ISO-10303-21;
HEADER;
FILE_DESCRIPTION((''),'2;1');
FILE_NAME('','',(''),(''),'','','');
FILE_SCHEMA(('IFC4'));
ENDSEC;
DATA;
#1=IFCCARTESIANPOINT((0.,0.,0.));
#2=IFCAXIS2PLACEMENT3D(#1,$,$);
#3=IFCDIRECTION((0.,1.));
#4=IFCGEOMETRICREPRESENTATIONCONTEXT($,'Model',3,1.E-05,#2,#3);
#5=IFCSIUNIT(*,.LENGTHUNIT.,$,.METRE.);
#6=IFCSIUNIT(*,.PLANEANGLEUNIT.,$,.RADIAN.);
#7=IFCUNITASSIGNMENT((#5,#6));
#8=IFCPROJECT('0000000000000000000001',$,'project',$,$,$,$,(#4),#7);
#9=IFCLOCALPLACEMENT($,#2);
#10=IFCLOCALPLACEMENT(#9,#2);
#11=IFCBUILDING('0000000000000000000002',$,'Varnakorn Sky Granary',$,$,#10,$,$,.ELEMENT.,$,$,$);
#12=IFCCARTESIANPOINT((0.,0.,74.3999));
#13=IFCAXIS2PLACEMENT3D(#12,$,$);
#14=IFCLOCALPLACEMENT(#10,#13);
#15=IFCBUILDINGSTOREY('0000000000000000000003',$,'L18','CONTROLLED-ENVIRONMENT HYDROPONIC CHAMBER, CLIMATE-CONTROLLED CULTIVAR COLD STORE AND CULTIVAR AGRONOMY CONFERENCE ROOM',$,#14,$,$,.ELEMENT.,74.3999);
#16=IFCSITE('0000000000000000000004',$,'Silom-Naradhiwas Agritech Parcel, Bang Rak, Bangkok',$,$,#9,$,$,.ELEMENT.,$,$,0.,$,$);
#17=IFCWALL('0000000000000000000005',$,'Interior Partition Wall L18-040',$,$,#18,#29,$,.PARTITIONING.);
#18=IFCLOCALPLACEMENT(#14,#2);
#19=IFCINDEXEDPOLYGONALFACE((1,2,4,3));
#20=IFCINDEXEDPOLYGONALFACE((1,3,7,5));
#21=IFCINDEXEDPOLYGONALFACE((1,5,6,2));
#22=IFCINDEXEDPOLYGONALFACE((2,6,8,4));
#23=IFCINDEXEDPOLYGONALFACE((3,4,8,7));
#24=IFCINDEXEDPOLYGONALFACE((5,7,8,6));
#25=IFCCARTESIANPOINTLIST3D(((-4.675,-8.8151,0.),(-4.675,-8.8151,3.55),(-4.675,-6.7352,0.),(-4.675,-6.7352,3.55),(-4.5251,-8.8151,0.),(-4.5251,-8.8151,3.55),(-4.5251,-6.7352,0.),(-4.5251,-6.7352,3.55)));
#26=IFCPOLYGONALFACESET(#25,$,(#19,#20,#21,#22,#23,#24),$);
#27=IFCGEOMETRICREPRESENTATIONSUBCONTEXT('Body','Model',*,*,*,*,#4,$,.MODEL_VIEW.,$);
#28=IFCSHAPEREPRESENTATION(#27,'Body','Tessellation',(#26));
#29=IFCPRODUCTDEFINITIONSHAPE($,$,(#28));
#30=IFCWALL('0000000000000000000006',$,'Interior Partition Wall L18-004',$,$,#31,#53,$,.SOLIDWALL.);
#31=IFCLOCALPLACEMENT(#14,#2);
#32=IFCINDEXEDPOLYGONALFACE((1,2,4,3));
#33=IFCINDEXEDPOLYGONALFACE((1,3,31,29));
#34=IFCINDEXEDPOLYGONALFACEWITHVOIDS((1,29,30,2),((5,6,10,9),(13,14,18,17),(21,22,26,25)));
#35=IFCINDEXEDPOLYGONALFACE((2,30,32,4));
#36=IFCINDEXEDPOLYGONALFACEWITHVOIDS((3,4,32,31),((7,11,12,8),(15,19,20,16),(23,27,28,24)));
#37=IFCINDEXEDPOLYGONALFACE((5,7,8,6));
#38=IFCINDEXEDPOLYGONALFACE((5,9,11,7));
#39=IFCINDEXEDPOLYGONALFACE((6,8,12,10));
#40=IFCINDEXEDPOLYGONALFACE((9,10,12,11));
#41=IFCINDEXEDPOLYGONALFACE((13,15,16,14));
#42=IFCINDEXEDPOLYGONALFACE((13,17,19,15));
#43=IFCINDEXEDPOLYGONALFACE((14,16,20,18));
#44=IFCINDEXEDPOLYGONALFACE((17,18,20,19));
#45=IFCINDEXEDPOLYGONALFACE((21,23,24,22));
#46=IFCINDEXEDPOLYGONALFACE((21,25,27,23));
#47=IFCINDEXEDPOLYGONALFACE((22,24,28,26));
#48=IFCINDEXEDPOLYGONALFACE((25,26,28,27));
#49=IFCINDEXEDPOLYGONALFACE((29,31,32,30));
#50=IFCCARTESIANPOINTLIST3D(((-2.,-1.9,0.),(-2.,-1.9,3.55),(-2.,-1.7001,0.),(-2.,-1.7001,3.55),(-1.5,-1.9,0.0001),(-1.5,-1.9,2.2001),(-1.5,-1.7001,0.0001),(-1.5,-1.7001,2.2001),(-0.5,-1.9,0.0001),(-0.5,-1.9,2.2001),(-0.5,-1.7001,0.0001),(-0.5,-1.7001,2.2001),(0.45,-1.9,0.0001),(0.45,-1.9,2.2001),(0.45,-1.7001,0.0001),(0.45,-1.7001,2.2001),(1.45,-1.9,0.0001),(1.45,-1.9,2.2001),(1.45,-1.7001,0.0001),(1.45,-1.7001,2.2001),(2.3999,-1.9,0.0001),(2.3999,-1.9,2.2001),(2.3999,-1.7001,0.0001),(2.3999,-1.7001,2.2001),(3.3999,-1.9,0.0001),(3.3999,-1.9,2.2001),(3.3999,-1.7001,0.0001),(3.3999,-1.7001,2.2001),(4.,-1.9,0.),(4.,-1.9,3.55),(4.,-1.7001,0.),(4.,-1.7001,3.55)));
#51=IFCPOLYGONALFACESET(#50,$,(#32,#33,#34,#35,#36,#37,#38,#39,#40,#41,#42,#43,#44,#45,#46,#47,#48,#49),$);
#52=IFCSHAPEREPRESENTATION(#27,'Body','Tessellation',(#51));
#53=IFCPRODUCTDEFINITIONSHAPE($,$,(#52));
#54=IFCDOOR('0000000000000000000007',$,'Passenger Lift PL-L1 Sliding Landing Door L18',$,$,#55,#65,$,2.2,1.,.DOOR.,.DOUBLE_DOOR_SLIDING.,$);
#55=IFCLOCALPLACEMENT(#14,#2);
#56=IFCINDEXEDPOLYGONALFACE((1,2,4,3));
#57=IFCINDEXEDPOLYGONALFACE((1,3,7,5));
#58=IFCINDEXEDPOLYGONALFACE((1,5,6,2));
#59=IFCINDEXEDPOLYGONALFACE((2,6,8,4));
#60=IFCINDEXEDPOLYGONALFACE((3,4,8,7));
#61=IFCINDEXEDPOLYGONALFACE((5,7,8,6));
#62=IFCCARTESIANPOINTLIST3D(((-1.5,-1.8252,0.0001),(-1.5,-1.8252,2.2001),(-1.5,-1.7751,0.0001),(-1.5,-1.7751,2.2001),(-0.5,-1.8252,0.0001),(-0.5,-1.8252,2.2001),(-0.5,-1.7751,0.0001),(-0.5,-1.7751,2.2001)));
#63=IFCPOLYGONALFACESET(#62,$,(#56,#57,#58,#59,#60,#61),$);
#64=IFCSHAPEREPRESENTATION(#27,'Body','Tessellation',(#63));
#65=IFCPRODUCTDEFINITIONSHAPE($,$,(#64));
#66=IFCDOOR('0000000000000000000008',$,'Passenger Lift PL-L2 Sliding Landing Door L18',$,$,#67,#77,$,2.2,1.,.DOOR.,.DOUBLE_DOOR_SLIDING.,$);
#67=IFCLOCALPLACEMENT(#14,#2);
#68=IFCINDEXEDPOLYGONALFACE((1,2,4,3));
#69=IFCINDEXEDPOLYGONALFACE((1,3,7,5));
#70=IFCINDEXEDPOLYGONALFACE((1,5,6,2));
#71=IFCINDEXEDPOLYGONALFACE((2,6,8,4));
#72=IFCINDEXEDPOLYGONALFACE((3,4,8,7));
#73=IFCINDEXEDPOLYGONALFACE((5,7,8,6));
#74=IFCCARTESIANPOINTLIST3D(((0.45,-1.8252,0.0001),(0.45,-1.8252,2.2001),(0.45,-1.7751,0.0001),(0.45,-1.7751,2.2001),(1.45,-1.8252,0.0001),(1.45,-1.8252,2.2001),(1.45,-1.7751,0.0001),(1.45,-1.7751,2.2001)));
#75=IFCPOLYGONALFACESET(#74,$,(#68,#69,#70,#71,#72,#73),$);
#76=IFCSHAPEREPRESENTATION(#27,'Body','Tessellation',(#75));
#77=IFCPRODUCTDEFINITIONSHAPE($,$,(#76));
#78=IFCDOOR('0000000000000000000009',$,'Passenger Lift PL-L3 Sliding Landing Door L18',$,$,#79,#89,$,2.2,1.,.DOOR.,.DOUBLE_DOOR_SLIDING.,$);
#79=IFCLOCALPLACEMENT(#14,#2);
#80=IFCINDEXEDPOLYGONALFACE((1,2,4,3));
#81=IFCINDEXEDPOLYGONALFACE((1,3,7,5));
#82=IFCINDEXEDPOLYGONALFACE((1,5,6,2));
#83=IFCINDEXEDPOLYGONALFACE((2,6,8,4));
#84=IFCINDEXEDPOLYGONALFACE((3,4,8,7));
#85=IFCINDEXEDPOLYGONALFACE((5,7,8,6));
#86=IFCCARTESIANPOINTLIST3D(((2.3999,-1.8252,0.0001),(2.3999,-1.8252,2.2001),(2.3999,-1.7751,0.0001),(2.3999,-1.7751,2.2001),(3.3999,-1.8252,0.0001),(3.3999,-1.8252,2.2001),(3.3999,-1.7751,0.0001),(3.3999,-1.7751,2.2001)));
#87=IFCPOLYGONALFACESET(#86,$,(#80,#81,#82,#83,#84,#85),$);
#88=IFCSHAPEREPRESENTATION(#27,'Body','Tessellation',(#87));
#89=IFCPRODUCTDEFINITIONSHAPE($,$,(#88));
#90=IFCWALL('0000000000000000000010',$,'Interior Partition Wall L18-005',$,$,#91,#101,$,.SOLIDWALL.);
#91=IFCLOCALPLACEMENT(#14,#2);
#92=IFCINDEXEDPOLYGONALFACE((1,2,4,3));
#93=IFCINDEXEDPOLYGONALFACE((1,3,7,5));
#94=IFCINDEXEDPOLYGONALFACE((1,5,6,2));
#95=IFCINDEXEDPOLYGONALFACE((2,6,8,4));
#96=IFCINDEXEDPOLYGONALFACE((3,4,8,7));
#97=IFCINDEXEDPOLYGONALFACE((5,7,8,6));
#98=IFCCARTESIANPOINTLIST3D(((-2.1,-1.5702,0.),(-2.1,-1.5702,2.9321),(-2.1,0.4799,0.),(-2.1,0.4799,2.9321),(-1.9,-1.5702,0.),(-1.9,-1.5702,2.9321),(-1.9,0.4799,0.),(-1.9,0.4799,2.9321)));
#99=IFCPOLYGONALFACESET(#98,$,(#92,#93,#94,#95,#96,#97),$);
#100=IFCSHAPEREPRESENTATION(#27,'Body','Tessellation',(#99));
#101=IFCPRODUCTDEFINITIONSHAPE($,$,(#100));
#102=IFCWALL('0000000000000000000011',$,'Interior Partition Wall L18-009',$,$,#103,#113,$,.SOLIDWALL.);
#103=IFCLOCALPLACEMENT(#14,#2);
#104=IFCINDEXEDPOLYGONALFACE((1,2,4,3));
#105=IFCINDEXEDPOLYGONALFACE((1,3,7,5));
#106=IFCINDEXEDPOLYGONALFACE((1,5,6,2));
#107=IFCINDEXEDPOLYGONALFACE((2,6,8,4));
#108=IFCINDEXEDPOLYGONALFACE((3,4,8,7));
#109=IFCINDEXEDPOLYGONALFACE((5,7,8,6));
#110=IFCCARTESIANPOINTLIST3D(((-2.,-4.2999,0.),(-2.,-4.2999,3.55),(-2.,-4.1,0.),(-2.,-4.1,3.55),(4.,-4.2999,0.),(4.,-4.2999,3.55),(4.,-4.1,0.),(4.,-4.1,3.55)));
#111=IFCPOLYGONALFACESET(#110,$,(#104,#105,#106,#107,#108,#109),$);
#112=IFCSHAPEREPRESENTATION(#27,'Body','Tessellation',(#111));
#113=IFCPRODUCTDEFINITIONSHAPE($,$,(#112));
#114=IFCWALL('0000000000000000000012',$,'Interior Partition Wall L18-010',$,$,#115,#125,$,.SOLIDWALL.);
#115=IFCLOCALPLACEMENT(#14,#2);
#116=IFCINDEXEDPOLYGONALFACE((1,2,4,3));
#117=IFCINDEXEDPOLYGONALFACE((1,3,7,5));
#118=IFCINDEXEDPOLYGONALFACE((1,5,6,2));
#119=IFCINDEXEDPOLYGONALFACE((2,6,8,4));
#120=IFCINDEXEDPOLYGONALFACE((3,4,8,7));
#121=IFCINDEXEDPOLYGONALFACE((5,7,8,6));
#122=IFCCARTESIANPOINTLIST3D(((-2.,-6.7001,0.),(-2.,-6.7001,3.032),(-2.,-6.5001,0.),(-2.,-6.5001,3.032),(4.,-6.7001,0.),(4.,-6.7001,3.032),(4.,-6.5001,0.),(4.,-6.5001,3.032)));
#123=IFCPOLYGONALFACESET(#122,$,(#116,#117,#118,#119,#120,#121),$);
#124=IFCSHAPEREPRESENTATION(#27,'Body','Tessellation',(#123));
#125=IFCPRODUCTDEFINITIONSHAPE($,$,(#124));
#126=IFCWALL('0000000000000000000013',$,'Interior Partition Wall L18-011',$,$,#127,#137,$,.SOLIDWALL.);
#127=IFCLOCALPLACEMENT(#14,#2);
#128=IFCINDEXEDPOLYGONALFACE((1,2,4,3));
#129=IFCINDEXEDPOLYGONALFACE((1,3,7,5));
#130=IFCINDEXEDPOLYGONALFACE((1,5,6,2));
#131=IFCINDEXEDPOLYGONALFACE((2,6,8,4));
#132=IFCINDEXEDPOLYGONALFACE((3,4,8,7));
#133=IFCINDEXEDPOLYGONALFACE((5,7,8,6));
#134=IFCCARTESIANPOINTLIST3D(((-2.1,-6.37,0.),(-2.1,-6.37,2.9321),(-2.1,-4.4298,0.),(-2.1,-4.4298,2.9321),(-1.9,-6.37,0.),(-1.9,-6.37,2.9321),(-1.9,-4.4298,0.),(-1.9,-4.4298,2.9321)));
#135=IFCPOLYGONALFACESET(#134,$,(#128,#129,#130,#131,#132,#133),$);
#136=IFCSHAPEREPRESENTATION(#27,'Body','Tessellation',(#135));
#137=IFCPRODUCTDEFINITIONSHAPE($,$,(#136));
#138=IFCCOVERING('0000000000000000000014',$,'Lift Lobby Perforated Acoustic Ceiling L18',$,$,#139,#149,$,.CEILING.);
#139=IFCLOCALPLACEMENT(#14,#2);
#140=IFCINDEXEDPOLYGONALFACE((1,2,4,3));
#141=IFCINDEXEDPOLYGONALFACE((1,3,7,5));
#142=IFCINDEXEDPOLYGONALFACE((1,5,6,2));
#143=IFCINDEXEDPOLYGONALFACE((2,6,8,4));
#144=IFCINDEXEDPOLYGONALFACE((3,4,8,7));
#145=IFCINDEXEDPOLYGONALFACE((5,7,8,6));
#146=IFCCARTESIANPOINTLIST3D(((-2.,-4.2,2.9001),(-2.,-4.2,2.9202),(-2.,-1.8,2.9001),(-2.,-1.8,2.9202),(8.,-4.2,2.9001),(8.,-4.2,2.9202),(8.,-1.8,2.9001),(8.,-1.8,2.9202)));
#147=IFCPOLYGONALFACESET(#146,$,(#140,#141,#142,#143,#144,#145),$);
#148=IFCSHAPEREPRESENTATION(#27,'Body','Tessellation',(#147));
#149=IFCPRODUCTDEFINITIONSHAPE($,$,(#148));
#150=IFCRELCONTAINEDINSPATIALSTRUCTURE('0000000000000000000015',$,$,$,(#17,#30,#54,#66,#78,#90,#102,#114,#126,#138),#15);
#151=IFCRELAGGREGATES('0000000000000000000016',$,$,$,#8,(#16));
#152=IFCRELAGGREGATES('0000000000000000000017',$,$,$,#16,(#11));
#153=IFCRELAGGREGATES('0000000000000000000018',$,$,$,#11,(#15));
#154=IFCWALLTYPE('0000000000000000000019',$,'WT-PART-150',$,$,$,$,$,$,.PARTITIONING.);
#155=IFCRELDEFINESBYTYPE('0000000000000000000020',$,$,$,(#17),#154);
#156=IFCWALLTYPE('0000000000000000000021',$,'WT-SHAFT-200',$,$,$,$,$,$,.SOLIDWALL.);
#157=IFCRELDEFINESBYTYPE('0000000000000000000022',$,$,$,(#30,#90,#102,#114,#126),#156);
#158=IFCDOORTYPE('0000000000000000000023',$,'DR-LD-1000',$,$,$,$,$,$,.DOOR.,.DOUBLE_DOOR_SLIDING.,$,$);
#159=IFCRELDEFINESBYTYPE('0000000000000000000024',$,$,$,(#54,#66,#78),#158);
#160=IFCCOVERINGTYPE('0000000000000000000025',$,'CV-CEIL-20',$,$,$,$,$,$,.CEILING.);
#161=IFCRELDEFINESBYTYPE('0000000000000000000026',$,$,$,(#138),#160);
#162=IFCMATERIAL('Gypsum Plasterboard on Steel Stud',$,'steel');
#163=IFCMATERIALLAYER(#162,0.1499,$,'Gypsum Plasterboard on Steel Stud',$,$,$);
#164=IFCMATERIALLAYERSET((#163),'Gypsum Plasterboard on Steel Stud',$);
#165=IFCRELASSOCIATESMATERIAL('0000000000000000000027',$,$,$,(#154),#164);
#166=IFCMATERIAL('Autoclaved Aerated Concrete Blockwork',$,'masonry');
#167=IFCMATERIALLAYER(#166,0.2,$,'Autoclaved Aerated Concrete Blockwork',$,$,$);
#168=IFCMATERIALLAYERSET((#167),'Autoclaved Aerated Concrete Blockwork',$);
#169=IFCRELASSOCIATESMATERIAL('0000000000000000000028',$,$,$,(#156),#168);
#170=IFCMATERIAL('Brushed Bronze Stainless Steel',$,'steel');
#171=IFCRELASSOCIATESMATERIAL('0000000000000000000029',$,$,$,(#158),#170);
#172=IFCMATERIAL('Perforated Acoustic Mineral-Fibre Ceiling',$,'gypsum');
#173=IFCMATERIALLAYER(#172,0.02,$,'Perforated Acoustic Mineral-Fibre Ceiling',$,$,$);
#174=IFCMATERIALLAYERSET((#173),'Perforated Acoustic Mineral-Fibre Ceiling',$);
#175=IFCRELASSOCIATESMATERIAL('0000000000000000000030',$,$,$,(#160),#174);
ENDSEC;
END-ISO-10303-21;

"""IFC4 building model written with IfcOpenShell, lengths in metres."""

from ifc_helpers import new_model, si_unit, direction, frame, frame_2d, origin, place, context, subcontext, project, spatial, polyline, rectangle, outline, extrude, material, layer, layer_set, type_object, element, fill, save


model = new_model("IFC4")

# Units and contexts
model_context = context("Model", 3, precision=1e-05, world=origin(), true_north=direction((0.0, 1.0)))
body_context = subcontext(model_context, "Body", "Model", "MODEL_VIEW")
ifc_project = project(units=[si_unit("LENGTHUNIT", "METRE"), si_unit("PLANEANGLEUNIT", "RADIAN")], contexts=[model_context])

# Site, building, storey
site_placement = place(None, origin())
site = spatial("IfcSite", under=ifc_project, at=site_placement, Name="Silom-Naradhiwas Agritech Parcel, Bang Rak, Bangkok", CompositionType="ELEMENT", RefElevation=0.0)
building_placement = place(site_placement, origin())
building = spatial("IfcBuilding", under=site, at=building_placement, Name="Varnakorn Sky Granary", CompositionType="ELEMENT")
storey_placement = place(building_placement, frame((0.0, 0.0, 74.3999)))
storey = spatial("IfcBuildingStorey", under=building, at=storey_placement, Name="L18", Description="CONTROLLED-ENVIRONMENT HYDROPONIC CHAMBER, CLIMATE-CONTROLLED CULTIVAR COLD STORE AND CULTIVAR AGRONOMY CONFERENCE ROOM", CompositionType="ELEMENT", Elevation=74.3999)

# Shared definitions
ifc_material_1 = material(Name="Autoclaved Aerated Concrete Blockwork", Category="masonry")
ifc_material_2 = material(Name="Gypsum Plasterboard on Steel Stud", Category="steel")
ifc_layer_1 = layer(ifc_material_2, 0.1499, Name="Gypsum Plasterboard on Steel Stud")
ifc_layer_set_1 = layer_set([ifc_layer_1], Name="Gypsum Plasterboard on Steel Stud")
wall_type_1 = type_object("IfcWallType", Name="WT-PART-150", PredefinedType="PARTITIONING", material=ifc_layer_set_1)

# Wall
wall_1_placement = place(storey_placement, frame((-4.6001, -6.7351, 0.0), z_axis=(0.0, 0.0, 1.0), x_axis=(0.0, -1.0, 0.0)))
element("IfcWall", 1, at=wall_1_placement, inside=storey, type_object=wall_type_1, Name="Interior Partition Wall L18-040", PredefinedType="PARTITIONING", context=body_context, shape_type="SweptSolid", body=[
    extrude(rectangle(XDim=2.0798, YDim=0.1499, at=frame_2d((1.04, 0.0))), origin(), (0.0, 0.0, 1.0), 3.55),
])

# Wall, openings, doors
ifc_layer_2 = layer(ifc_material_1, 0.2, Name="Autoclaved Aerated Concrete Blockwork")
ifc_layer_set_2 = layer_set([ifc_layer_2], Name="Autoclaved Aerated Concrete Blockwork")
wall_type_2 = type_object("IfcWallType", Name="WT-SHAFT-200", PredefinedType="SOLIDWALL", material=ifc_layer_set_2)
wall_2_placement = place(storey_placement, frame((-2.0, -1.8, 0.0), z_axis=(0.0, 0.0, 1.0), x_axis=(1.0, 0.0, 0.0)))
wall_2 = element("IfcWall", 2, at=wall_2_placement, inside=storey, type_object=wall_type_2, Name="Interior Partition Wall L18-004", PredefinedType="SOLIDWALL", context=body_context, shape_type="SweptSolid", body=[
    extrude(rectangle(XDim=6.0, YDim=0.2, at=frame_2d((3.0, 0.0))), origin(), (0.0, 0.0, 1.0), 3.55),
])
opening_1_placement = place(wall_2_placement, frame((0.5, 0.0, 0.0)))
opening_1 = element("IfcOpeningElement", 3, at=opening_1_placement, cuts=wall_2, PredefinedType="OPENING", context=body_context, shape_type="SweptSolid", body=[
    extrude(rectangle(XDim=1.0, YDim=2.2, at=frame_2d((0.5, 1.1001))), frame((0.0, 0.1099, 0.0), z_axis=(0.0, -1.0, 0.0), x_axis=(1.0, 0.0, 0.0)), (0.0, 0.0, 1.0), 0.22),
])
opening_2_placement = place(wall_2_placement, frame((2.45, 0.0, 0.0)))
opening_2 = element("IfcOpeningElement", 4, at=opening_2_placement, cuts=wall_2, PredefinedType="OPENING", context=body_context, shape_type="SweptSolid", body=[
    extrude(rectangle(XDim=1.0, YDim=2.2, at=frame_2d((0.5, 1.1001))), frame((0.0, 0.1099, 0.0), z_axis=(0.0, -1.0, 0.0), x_axis=(1.0, 0.0, 0.0)), (0.0, 0.0, 1.0), 0.22),
])
opening_3_placement = place(wall_2_placement, frame((4.3999, 0.0, 0.0)))
opening_3 = element("IfcOpeningElement", 5, at=opening_3_placement, cuts=wall_2, PredefinedType="OPENING", context=body_context, shape_type="SweptSolid", body=[
    extrude(rectangle(XDim=1.0, YDim=2.2, at=frame_2d((0.5, 1.1001))), frame((0.0, 0.1099, 0.0), z_axis=(0.0, -1.0, 0.0), x_axis=(1.0, 0.0, 0.0)), (0.0, 0.0, 1.0), 0.22),
])
ifc_material_3 = material(Name="Brushed Bronze Stainless Steel", Category="steel")
door_type_1 = type_object("IfcDoorType", Name="DR-LD-1000", OperationType="DOUBLE_DOOR_SLIDING", PredefinedType="DOOR", material=ifc_material_3)
door_1_placement = place(opening_1_placement, origin())
door_1 = element("IfcDoor", 6, at=door_1_placement, inside=storey, type_object=door_type_1, Name="Passenger Lift PL-L1 Sliding Landing Door L18", OperationType="DOUBLE_DOOR_SLIDING", OverallHeight=2.2, OverallWidth=1.0, PredefinedType="DOOR", context=body_context, shape_type="SweptSolid", body=[
    extrude(rectangle(XDim=1.0, YDim=2.2, at=frame_2d((0.5, 1.1001))), frame((0.0, 0.0249, 0.0), z_axis=(0.0, -1.0, 0.0), x_axis=(1.0, 0.0, 0.0)), (0.0, 0.0, 1.0), 0.05),
])
fill(opening_1, door_1)
door_2_placement = place(opening_2_placement, origin())
door_2 = element("IfcDoor", 7, at=door_2_placement, inside=storey, type_object=door_type_1, Name="Passenger Lift PL-L2 Sliding Landing Door L18", OperationType="DOUBLE_DOOR_SLIDING", OverallHeight=2.2, OverallWidth=1.0, PredefinedType="DOOR", context=body_context, shape_type="SweptSolid", body=[
    extrude(rectangle(XDim=1.0, YDim=2.2, at=frame_2d((0.5, 1.1001))), frame((0.0, 0.0249, 0.0), z_axis=(0.0, -1.0, 0.0), x_axis=(1.0, 0.0, 0.0)), (0.0, 0.0, 1.0), 0.05),
])
fill(opening_2, door_2)
door_3_placement = place(opening_3_placement, origin())
door_3 = element("IfcDoor", 8, at=door_3_placement, inside=storey, type_object=door_type_1, Name="Passenger Lift PL-L3 Sliding Landing Door L18", OperationType="DOUBLE_DOOR_SLIDING", OverallHeight=2.2, OverallWidth=1.0, PredefinedType="DOOR", context=body_context, shape_type="SweptSolid", body=[
    extrude(rectangle(XDim=1.0, YDim=2.2, at=frame_2d((0.5, 1.1001))), frame((0.0, 0.0249, 0.0), z_axis=(0.0, -1.0, 0.0), x_axis=(1.0, 0.0, 0.0)), (0.0, 0.0, 1.0), 0.05),
])
fill(opening_3, door_3)

# Walls
wall_3_placement = place(storey_placement, frame((-2.0, -1.5701, 0.0), z_axis=(0.0, 0.0, 1.0), x_axis=(0.0, 1.0, 0.0)))
element("IfcWall", 9, at=wall_3_placement, inside=storey, type_object=wall_type_2, Name="Interior Partition Wall L18-005", PredefinedType="SOLIDWALL", context=body_context, shape_type="SweptSolid", body=[
    extrude(rectangle(XDim=2.05, YDim=0.2, at=frame_2d((1.0249, 0.0))), origin(), (0.0, 0.0, 1.0), 2.9321),
])
wall_4_placement = place(storey_placement, frame((-2.0, -4.2, 0.0), z_axis=(0.0, 0.0, 1.0), x_axis=(1.0, 0.0, 0.0)))
element("IfcWall", 10, at=wall_4_placement, inside=storey, type_object=wall_type_2, Name="Interior Partition Wall L18-009", PredefinedType="SOLIDWALL", context=body_context, shape_type="SweptSolid", body=[
    extrude(rectangle(XDim=6.0, YDim=0.2, at=frame_2d((3.0, 0.0))), origin(), (0.0, 0.0, 1.0), 3.55),
])
wall_5_placement = place(storey_placement, frame((-2.0, -6.6001, 0.0), z_axis=(0.0, 0.0, 1.0), x_axis=(1.0, 0.0, 0.0)))
element("IfcWall", 11, at=wall_5_placement, inside=storey, type_object=wall_type_2, Name="Interior Partition Wall L18-010", PredefinedType="SOLIDWALL", context=body_context, shape_type="SweptSolid", body=[
    extrude(rectangle(XDim=6.0, YDim=0.2, at=frame_2d((3.0, 0.0))), origin(), (0.0, 0.0, 1.0), 3.032),
])
wall_6_placement = place(storey_placement, frame((-2.0, -6.3701, 0.0), z_axis=(0.0, 0.0, 1.0), x_axis=(0.0, 1.0, 0.0)))
element("IfcWall", 12, at=wall_6_placement, inside=storey, type_object=wall_type_2, Name="Interior Partition Wall L18-011", PredefinedType="SOLIDWALL", context=body_context, shape_type="SweptSolid", body=[
    extrude(rectangle(XDim=1.9402, YDim=0.2, at=frame_2d((0.9702, 0.0))), origin(), (0.0, 0.0, 1.0), 2.9321),
])

# Covering
ifc_material_4 = material(Name="Perforated Acoustic Mineral-Fibre Ceiling", Category="gypsum")
ifc_layer_3 = layer(ifc_material_4, 0.02, Name="Perforated Acoustic Mineral-Fibre Ceiling")
ifc_layer_set_3 = layer_set([ifc_layer_3], Name="Perforated Acoustic Mineral-Fibre Ceiling")
covering_type = type_object("IfcCoveringType", Name="CV-CEIL-20", PredefinedType="CEILING", material=ifc_layer_set_3)
covering_placement = place(storey_placement, frame((0.0, 0.0, 2.9001)))
element("IfcCovering", 13, at=covering_placement, inside=storey, type_object=covering_type, Name="Lift Lobby Perforated Acoustic Ceiling L18", PredefinedType="CEILING", context=body_context, shape_type="SweptSolid", body=[
    extrude(outline(polyline([(-2.0, -4.2), (8.0, -4.2), (8.0, -1.8), (-2.0, -1.8), (-2.0, -4.2)])), origin(), (0.0, 0.0, 1.0), 0.02),
])

save(model, "model.ifc")
